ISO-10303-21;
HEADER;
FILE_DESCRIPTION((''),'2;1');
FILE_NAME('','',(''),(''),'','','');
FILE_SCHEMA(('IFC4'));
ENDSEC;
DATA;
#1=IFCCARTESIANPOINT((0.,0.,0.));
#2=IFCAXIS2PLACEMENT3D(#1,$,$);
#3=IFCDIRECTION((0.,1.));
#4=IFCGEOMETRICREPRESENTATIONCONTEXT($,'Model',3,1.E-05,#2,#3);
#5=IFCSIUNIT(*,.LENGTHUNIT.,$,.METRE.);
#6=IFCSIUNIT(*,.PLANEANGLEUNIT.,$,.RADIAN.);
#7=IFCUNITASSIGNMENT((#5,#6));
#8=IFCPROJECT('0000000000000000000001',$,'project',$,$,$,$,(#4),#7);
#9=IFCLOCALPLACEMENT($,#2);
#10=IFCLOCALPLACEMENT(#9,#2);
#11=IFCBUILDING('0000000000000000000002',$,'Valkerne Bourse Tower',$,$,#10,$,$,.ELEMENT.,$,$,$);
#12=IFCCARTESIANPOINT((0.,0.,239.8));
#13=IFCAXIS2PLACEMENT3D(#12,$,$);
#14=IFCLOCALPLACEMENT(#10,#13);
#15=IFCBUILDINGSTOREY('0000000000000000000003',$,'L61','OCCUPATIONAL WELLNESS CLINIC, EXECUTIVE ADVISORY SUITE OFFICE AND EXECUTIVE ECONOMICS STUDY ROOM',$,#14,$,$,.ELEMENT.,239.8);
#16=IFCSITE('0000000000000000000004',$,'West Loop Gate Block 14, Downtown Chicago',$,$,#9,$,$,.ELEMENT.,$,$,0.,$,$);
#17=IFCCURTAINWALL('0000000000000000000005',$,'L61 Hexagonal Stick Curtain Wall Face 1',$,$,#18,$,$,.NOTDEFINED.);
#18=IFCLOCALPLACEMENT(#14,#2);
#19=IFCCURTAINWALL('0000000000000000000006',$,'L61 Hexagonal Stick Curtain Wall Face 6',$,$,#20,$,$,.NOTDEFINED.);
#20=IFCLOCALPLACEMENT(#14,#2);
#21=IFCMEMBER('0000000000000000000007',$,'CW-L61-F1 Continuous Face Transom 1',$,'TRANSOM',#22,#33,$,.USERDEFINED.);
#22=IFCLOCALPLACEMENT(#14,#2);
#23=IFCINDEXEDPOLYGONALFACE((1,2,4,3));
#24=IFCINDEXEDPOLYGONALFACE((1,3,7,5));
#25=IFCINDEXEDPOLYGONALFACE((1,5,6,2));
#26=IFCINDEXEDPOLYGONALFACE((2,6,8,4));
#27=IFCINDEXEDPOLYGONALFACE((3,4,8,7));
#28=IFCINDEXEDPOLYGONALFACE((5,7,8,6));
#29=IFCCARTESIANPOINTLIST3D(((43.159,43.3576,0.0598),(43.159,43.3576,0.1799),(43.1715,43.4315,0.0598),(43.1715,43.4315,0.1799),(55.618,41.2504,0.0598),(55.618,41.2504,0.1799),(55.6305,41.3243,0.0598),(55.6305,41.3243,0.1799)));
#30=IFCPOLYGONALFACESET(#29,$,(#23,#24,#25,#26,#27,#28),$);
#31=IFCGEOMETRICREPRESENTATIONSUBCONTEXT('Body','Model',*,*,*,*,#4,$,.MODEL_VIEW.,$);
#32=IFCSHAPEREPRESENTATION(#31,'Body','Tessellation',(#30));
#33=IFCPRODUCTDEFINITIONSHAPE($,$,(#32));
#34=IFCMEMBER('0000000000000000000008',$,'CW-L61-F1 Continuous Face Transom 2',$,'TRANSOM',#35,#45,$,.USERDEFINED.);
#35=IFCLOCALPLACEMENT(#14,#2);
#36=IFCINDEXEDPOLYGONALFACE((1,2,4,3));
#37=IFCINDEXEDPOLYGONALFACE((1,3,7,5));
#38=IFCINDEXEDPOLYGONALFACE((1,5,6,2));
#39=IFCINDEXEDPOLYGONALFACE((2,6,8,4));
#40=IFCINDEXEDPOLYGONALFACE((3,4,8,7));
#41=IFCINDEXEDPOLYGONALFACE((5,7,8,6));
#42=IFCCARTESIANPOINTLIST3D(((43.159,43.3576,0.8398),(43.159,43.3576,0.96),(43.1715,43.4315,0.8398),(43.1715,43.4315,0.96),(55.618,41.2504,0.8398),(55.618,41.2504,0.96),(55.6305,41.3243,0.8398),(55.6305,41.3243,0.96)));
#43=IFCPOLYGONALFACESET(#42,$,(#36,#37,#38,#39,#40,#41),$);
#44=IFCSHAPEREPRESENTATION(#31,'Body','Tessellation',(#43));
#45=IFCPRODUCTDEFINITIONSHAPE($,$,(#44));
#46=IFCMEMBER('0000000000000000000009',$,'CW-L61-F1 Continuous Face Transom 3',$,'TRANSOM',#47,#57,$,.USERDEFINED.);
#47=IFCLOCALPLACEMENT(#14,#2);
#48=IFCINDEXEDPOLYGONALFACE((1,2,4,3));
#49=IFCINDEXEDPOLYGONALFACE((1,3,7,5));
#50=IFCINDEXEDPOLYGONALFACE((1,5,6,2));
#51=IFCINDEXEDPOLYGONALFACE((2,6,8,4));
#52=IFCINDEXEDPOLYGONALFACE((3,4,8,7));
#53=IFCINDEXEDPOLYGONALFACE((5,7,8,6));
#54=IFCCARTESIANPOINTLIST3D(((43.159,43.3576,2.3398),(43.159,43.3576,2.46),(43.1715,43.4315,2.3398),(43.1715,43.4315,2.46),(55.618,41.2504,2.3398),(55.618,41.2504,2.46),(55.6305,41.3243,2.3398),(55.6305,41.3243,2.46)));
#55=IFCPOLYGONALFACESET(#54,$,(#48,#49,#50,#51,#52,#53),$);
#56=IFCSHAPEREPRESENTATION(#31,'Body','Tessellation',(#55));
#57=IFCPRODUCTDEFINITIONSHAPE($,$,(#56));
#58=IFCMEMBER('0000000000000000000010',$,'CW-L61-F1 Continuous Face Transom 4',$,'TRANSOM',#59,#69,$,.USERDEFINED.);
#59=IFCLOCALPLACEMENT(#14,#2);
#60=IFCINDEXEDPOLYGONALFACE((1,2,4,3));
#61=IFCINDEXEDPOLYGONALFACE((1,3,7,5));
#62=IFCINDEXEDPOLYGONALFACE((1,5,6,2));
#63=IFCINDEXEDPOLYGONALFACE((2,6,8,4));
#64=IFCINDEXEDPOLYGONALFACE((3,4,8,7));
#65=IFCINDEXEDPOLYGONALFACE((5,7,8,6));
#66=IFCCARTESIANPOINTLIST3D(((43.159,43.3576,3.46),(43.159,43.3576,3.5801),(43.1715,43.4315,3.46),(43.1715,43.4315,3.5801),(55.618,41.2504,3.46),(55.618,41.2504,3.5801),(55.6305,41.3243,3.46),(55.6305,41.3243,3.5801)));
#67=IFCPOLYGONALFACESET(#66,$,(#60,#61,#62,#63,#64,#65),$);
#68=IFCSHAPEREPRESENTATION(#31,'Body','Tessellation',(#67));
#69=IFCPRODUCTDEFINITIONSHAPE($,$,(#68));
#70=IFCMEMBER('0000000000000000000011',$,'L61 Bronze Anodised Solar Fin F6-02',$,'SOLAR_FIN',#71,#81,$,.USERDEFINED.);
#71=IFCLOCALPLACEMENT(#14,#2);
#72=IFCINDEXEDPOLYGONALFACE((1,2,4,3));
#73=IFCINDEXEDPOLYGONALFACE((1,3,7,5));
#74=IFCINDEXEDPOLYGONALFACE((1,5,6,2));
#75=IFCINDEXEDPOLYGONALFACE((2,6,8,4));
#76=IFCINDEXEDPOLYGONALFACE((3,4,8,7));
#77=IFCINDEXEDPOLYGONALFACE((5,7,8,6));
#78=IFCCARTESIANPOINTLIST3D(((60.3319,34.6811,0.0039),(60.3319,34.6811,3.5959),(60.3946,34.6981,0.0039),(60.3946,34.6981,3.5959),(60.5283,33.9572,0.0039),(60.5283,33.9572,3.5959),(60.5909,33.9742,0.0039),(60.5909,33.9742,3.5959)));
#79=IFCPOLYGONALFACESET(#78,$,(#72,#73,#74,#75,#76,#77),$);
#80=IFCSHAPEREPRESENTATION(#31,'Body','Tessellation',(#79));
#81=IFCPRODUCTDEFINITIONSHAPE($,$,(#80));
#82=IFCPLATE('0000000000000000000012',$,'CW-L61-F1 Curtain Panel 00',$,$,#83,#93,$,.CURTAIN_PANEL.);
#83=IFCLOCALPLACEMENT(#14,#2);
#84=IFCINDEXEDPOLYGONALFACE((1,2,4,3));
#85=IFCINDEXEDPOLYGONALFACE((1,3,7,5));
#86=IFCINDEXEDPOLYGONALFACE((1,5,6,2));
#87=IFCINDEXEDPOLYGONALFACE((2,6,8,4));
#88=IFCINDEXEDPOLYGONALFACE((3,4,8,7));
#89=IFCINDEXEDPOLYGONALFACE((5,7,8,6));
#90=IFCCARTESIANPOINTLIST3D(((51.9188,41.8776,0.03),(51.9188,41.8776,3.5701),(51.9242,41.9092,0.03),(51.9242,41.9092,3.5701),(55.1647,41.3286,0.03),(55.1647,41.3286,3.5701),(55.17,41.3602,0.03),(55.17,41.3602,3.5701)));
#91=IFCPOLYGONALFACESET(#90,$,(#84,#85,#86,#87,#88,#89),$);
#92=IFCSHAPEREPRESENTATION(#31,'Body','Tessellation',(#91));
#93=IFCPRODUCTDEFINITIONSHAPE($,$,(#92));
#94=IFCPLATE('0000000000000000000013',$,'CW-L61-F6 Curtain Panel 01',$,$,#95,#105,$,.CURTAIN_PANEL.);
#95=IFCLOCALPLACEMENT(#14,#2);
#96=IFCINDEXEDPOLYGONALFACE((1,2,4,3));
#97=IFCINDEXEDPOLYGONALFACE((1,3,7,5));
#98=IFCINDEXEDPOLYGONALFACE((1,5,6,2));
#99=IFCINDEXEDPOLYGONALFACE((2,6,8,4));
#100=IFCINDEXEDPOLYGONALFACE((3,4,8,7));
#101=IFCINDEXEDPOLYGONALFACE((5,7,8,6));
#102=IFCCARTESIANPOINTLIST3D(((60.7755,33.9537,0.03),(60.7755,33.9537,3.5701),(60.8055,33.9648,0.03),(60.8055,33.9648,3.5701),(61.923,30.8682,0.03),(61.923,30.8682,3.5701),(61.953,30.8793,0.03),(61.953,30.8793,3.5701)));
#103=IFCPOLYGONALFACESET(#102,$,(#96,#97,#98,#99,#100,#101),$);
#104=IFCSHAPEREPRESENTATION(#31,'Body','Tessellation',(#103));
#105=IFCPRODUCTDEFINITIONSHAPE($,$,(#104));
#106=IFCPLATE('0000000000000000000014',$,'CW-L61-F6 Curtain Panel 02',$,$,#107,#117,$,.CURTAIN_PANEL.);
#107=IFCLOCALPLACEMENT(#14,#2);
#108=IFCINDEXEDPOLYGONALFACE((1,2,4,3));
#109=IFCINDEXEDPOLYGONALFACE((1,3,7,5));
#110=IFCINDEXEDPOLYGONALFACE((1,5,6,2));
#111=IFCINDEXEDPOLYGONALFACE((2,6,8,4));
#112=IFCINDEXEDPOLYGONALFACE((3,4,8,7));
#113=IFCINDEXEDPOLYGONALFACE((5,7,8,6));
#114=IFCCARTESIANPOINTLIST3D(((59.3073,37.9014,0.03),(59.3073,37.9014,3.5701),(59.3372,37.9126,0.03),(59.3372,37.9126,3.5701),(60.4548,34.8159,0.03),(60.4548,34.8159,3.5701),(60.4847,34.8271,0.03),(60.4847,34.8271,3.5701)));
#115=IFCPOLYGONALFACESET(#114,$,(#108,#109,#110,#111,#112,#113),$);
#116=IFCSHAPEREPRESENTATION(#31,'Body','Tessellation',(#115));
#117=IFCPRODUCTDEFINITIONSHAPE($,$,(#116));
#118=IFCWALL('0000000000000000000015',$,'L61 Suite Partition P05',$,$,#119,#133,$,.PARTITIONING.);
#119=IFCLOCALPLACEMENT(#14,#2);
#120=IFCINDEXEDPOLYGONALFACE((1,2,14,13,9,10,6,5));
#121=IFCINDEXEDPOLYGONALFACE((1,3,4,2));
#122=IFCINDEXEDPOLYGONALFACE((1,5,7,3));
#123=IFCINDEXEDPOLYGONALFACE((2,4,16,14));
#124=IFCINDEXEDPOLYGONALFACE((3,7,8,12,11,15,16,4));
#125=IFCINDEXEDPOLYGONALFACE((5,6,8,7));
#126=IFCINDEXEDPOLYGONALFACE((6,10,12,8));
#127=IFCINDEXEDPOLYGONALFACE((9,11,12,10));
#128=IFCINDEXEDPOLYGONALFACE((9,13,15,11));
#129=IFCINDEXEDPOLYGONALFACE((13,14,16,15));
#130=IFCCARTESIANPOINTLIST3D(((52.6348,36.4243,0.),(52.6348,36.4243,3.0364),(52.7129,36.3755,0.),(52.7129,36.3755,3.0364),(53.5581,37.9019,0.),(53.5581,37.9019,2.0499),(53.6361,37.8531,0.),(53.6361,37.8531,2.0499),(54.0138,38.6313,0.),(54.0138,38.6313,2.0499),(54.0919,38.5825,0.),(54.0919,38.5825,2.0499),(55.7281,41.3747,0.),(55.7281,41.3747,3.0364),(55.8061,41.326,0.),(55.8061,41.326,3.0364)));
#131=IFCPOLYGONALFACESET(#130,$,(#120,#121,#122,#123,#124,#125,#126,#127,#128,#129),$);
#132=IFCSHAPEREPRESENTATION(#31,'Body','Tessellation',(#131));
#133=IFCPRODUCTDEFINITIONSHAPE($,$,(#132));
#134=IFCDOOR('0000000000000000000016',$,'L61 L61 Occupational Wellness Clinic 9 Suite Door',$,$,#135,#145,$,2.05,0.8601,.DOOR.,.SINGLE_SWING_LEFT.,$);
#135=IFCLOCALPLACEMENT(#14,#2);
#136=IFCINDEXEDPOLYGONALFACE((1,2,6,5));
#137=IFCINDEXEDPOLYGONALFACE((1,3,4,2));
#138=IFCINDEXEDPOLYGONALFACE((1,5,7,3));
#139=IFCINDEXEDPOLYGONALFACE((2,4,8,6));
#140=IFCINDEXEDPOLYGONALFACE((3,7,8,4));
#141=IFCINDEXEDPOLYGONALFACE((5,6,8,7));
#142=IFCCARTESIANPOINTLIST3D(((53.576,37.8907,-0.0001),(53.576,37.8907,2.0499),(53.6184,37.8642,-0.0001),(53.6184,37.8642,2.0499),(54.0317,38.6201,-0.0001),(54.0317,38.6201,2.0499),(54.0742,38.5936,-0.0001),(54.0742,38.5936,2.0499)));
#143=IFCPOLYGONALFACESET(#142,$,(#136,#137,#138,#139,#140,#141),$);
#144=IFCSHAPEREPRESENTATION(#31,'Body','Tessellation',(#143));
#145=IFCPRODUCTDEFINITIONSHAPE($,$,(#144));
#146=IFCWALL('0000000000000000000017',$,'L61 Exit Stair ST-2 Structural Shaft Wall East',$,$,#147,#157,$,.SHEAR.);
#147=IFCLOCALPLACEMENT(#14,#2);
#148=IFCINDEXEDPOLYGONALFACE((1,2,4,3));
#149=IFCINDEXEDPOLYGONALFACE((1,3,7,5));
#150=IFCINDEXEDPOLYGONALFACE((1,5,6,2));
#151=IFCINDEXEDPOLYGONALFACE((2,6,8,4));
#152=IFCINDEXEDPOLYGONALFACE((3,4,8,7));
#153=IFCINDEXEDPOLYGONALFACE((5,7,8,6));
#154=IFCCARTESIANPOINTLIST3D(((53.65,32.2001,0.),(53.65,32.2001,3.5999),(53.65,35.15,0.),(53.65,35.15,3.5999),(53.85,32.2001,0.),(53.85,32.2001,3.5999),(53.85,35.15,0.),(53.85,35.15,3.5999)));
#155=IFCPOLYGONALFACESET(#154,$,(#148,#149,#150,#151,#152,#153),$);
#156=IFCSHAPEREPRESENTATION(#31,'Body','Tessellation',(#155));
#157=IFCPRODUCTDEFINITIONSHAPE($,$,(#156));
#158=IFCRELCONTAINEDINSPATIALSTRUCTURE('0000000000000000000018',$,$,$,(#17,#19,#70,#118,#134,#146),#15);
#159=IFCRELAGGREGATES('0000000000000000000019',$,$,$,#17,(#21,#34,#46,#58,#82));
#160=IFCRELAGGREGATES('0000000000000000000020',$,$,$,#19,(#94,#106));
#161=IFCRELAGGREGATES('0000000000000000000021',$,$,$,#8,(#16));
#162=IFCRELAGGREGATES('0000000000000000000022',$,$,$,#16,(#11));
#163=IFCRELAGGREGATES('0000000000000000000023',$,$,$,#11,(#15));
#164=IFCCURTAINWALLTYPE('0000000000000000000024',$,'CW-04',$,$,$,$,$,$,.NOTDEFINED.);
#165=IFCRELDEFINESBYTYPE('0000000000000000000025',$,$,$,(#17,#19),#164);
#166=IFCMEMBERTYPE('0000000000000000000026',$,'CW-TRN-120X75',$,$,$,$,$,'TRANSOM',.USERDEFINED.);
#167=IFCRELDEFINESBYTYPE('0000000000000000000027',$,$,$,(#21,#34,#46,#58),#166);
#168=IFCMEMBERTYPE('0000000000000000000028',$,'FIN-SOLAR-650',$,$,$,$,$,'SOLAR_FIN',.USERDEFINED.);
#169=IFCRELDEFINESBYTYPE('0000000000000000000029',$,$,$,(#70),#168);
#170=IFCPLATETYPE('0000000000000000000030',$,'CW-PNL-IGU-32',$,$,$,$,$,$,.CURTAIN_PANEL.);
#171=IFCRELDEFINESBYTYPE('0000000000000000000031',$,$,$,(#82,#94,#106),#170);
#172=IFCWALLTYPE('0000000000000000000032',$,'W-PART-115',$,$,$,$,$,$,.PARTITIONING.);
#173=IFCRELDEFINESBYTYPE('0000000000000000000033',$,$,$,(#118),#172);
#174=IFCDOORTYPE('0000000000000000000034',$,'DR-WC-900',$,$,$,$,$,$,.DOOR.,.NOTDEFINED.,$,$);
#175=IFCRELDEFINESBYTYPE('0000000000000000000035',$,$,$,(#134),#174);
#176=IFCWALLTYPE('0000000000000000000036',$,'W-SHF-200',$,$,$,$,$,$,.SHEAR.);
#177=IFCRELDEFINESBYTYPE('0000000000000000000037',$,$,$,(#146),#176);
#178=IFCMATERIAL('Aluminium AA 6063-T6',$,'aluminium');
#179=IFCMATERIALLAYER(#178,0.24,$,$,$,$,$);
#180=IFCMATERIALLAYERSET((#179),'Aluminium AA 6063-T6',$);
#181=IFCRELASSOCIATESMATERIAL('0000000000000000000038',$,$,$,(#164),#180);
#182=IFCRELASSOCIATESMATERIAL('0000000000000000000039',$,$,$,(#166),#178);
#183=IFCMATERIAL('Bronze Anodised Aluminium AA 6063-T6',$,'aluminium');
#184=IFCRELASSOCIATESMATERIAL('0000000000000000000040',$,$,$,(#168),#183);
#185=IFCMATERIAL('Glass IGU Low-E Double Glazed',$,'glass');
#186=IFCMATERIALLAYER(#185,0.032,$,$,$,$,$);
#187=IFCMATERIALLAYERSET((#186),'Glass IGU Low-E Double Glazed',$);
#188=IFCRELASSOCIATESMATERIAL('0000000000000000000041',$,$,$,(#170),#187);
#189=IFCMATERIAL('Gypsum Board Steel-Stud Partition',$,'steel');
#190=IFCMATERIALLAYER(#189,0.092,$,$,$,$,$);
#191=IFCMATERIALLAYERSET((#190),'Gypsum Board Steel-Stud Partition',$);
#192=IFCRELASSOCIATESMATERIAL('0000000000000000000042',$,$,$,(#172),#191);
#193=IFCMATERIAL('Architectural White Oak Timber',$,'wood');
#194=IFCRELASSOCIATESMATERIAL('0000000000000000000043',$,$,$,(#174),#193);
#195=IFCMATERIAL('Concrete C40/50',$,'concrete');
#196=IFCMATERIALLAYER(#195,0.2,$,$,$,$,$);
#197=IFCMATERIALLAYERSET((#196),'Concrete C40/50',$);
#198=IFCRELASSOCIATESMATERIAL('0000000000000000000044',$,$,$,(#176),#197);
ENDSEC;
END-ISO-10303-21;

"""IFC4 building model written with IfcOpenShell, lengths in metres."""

from ifc_helpers import new_model, si_unit, direction, frame, frame_2d, origin, origin_2d, place, context, subcontext, project, spatial, rectangle, extrude, material, layer, layer_set, material_profile, profile_set, type_object, element, fill, aggregate, save


model = new_model("IFC4")

# Units and contexts
model_context = context("Model", 3, precision=1e-05, world=origin(), true_north=direction((0.0, 1.0)))
body_context = subcontext(model_context, "Body", "Model", "MODEL_VIEW")
ifc_project = project(units=[si_unit("LENGTHUNIT", "METRE"), si_unit("PLANEANGLEUNIT", "RADIAN")], contexts=[model_context])

# Site, building, storey
site_placement = place(None, origin())
site = spatial("IfcSite", under=ifc_project, at=site_placement, Name="West Loop Gate Block 14, Downtown Chicago", CompositionType="ELEMENT", RefElevation=0.0)
building_placement = place(site_placement, origin())
building = spatial("IfcBuilding", under=site, at=building_placement, Name="Valkerne Bourse Tower", CompositionType="ELEMENT")
storey_placement = place(building_placement, frame((0.0, 0.0, 239.8)))
storey = spatial("IfcBuildingStorey", under=building, at=storey_placement, Name="L61", Description="OCCUPATIONAL WELLNESS CLINIC, EXECUTIVE ADVISORY SUITE OFFICE AND EXECUTIVE ECONOMICS STUDY ROOM", CompositionType="ELEMENT", Elevation=239.8)

# Curtain wall
ifc_material_1 = material(Name="Aluminium AA 6063-T6", Category="aluminium")
ifc_layer_1 = layer(ifc_material_1, 0.24)
ifc_layer_set_1 = layer_set([ifc_layer_1], Name="Aluminium AA 6063-T6")
curtain_wall_type = type_object("IfcCurtainWallType", Name="CW-04", PredefinedType="NOTDEFINED", material=ifc_layer_set_1)
curtain_wall_1_placement = place(storey_placement, origin())
curtain_wall_1 = element("IfcCurtainWall", 1, at=curtain_wall_1_placement, inside=storey, type_object=curtain_wall_type, Name="L61 Hexagonal Stick Curtain Wall Face 1", PredefinedType="NOTDEFINED")

# Curtain wall
curtain_wall_2_placement = place(storey_placement, origin())
curtain_wall_2 = element("IfcCurtainWall", 2, at=curtain_wall_2_placement, inside=storey, type_object=curtain_wall_type, Name="L61 Hexagonal Stick Curtain Wall Face 6", PredefinedType="NOTDEFINED")

# Members
ifc_material_profile_1 = material_profile(ifc_material_1, rectangle(XDim=0.075, YDim=0.1201, at=origin_2d()), Name="CWT-75X120")
ifc_profile_set_1 = profile_set([ifc_material_profile_1], Name="Aluminium AA 6063-T6")
member_type_1 = type_object("IfcMemberType", Name="CW-TRN-120X75", ElementType="TRANSOM", PredefinedType="USERDEFINED", material=ifc_profile_set_1)
member_1_placement = place(storey_placement, frame((55.6243, 41.2874, 0.1199), z_axis=(-0.985997, 0.166761, 0.0), x_axis=(-0.166761, -0.985997, 0.0)))
member_1 = element("IfcMember", 3, at=member_1_placement, type_object=member_type_1, Name="CW-L61-F1 Continuous Face Transom 1", ObjectType="TRANSOM", PredefinedType="USERDEFINED", context=body_context, shape_type="SweptSolid", body=[
    extrude(rectangle(XDim=0.075, YDim=0.1201, at=origin_2d()), origin(), (0.0, 0.0, 1.0), 12.636),
])
member_2_placement = place(storey_placement, frame((55.6243, 41.2874, 0.8999), z_axis=(-0.985997, 0.166761, 0.0), x_axis=(-0.166761, -0.985997, 0.0)))
member_2 = element("IfcMember", 4, at=member_2_placement, type_object=member_type_1, Name="CW-L61-F1 Continuous Face Transom 2", ObjectType="TRANSOM", PredefinedType="USERDEFINED", context=body_context, shape_type="SweptSolid", body=[
    extrude(rectangle(XDim=0.075, YDim=0.1201, at=origin_2d()), origin(), (0.0, 0.0, 1.0), 12.636),
])
member_3_placement = place(storey_placement, frame((55.6243, 41.2874, 2.3999), z_axis=(-0.985997, 0.166761, 0.0), x_axis=(-0.166761, -0.985997, 0.0)))
member_3 = element("IfcMember", 5, at=member_3_placement, type_object=member_type_1, Name="CW-L61-F1 Continuous Face Transom 3", ObjectType="TRANSOM", PredefinedType="USERDEFINED", context=body_context, shape_type="SweptSolid", body=[
    extrude(rectangle(XDim=0.075, YDim=0.1201, at=origin_2d()), origin(), (0.0, 0.0, 1.0), 12.636),
])
member_4_placement = place(storey_placement, frame((55.6243, 41.2874, 3.52), z_axis=(-0.985997, 0.166761, 0.0), x_axis=(-0.166761, -0.985997, 0.0)))
member_4 = element("IfcMember", 6, at=member_4_placement, type_object=member_type_1, Name="CW-L61-F1 Continuous Face Transom 4", ObjectType="TRANSOM", PredefinedType="USERDEFINED", context=body_context, shape_type="SweptSolid", body=[
    extrude(rectangle(XDim=0.075, YDim=0.1201, at=origin_2d()), origin(), (0.0, 0.0, 1.0), 12.636),
])
ifc_material_2 = material(Name="Bronze Anodised Aluminium AA 6063-T6", Category="aluminium")
ifc_material_profile_2 = material_profile(ifc_material_2, rectangle(XDim=0.0649, YDim=0.75, at=origin_2d()), Name="FIN-65X750")
ifc_profile_set_2 = profile_set([ifc_material_profile_2], Name="Bronze Anodised Aluminium AA 6063-T6")
member_type_2 = type_object("IfcMemberType", Name="FIN-SOLAR-650", ElementType="SOLAR_FIN", PredefinedType="USERDEFINED", material=ifc_profile_set_2)
member_5_placement = place(storey_placement, frame((60.4614, 34.3276, 0.0039), z_axis=(0.0, 0.0, 1.0), x_axis=(0.965115, 0.261826, 0.0)))
element("IfcMember", 7, at=member_5_placement, inside=storey, type_object=member_type_2, Name="L61 Bronze Anodised Solar Fin F6-02", ObjectType="SOLAR_FIN", PredefinedType="USERDEFINED", context=body_context, shape_type="SweptSolid", body=[
    extrude(rectangle(XDim=0.0649, YDim=0.75, at=origin_2d()), origin(), (0.0, 0.0, 1.0), 3.592),
])

# Plates
ifc_material_3 = material(Name="Glass IGU Low-E Double Glazed", Category="glass")
ifc_layer_2 = layer(ifc_material_3, 0.032)
ifc_layer_set_2 = layer_set([ifc_layer_2], Name="Glass IGU Low-E Double Glazed")
plate_type = type_object("IfcPlateType", Name="CW-PNL-IGU-32", PredefinedType="CURTAIN_PANEL", material=ifc_layer_set_2)
plate_1_placement = place(storey_placement, frame((53.5444, 41.6189, 0.03), z_axis=(0.0, 0.0, 1.0), x_axis=(-0.985997, 0.166762, 0.0)))
plate_1 = element("IfcPlate", 8, at=plate_1_placement, type_object=plate_type, Name="CW-L61-F1 Curtain Panel 00", PredefinedType="CURTAIN_PANEL", context=body_context, shape_type="SweptSolid", body=[
    extrude(rectangle(XDim=3.292, YDim=0.032, at=origin_2d()), origin(), (0.0, 0.0, 1.0), 3.54),
])
aggregate(curtain_wall_1, [member_1, member_2, member_3, member_4, plate_1])
plate_2_placement = place(storey_placement, frame((61.3643, 32.4165, 0.03), z_axis=(0.0, 0.0, 1.0), x_axis=(-0.34857, 0.937283, 0.0)))
plate_2 = element("IfcPlate", 9, at=plate_2_placement, type_object=plate_type, Name="CW-L61-F6 Curtain Panel 01", PredefinedType="CURTAIN_PANEL", context=body_context, shape_type="SweptSolid", body=[
    extrude(rectangle(XDim=3.292, YDim=0.032, at=origin_2d()), origin(), (0.0, 0.0, 1.0), 3.54),
])
plate_3_placement = place(storey_placement, frame((59.896, 36.3643, 0.03), z_axis=(0.0, 0.0, 1.0), x_axis=(-0.348578, 0.93728, 0.0)))
plate_3 = element("IfcPlate", 10, at=plate_3_placement, type_object=plate_type, Name="CW-L61-F6 Curtain Panel 02", PredefinedType="CURTAIN_PANEL", context=body_context, shape_type="SweptSolid", body=[
    extrude(rectangle(XDim=3.292, YDim=0.032, at=origin_2d()), origin(), (0.0, 0.0, 1.0), 3.54),
])
aggregate(curtain_wall_2, [plate_2, plate_3])

# Wall, opening, door
ifc_material_4 = material(Name="Gypsum Board Steel-Stud Partition", Category="steel")
ifc_layer_3 = layer(ifc_material_4, 0.092)
ifc_layer_set_3 = layer_set([ifc_layer_3], Name="Gypsum Board Steel-Stud Partition")
wall_type_1 = type_object("IfcWallType", Name="W-PART-115", PredefinedType="PARTITIONING", material=ifc_layer_set_3)
wall_1_placement = place(storey_placement, frame((52.6738, 36.3999, 0.0), z_axis=(0.0, 0.0, 1.0), x_axis=(0.529905, 0.848057, 0.0)))
wall_1 = element("IfcWall", 11, at=wall_1_placement, inside=storey, type_object=wall_type_1, Name="L61 Suite Partition P05", PredefinedType="PARTITIONING", context=body_context, shape_type="SweptSolid", body=[
    extrude(rectangle(XDim=5.8374, YDim=0.092, at=frame_2d((2.9187, 0.0))), origin(), (0.0, 0.0, 1.0), 3.0364),
])
opening_placement = place(wall_1_placement, frame((1.7422, 0.0, 0.0)))
opening = element("IfcOpeningElement", 12, at=opening_placement, cuts=wall_1, PredefinedType="OPENING", context=body_context, shape_type="SweptSolid", body=[
    extrude(rectangle(XDim=0.8601, YDim=2.05, at=frame_2d((0.4302, 1.0249))), frame((0.0, 0.0559, 0.0), z_axis=(0.0, -1.0, 0.0), x_axis=(1.0, 0.0, 0.0)), (0.0, 0.0, 1.0), 0.1121),
])
ifc_material_5 = material(Name="Architectural White Oak Timber", Category="wood")
door_type = type_object("IfcDoorType", Name="DR-WC-900", OperationType="NOTDEFINED", PredefinedType="DOOR", material=ifc_material_5)
door_placement = place(opening_placement, origin())
door = element("IfcDoor", 13, at=door_placement, inside=storey, type_object=door_type, Name="L61 L61 Occupational Wellness Clinic 9 Suite Door", OperationType="SINGLE_SWING_LEFT", OverallHeight=2.05, OverallWidth=0.8601, PredefinedType="DOOR", context=body_context, shape_type="SweptSolid", body=[
    extrude(rectangle(XDim=0.8601, YDim=2.05, at=frame_2d((0.4302, 1.0249))), frame((0.0, 0.0249, 0.0), z_axis=(0.0, -1.0, 0.0), x_axis=(1.0, 0.0, 0.0)), (0.0, 0.0, 1.0), 0.05),
])
fill(opening, door)

# Wall
ifc_material_6 = material(Name="Concrete C40/50", Category="concrete")
ifc_layer_4 = layer(ifc_material_6, 0.2)
ifc_layer_set_4 = layer_set([ifc_layer_4], Name="Concrete C40/50")
wall_type_2 = type_object("IfcWallType", Name="W-SHF-200", PredefinedType="SHEAR", material=ifc_layer_set_4)
wall_2_placement = place(storey_placement, frame((53.75, 32.2, 0.0), z_axis=(0.0, 0.0, 1.0), x_axis=(0.0, 1.0, 0.0)))
element("IfcWall", 14, at=wall_2_placement, inside=storey, type_object=wall_type_2, Name="L61 Exit Stair ST-2 Structural Shaft Wall East", PredefinedType="SHEAR", context=body_context, shape_type="SweptSolid", body=[
    extrude(rectangle(XDim=2.95, YDim=0.2, at=frame_2d((1.4751, 0.0))), origin(), (0.0, 0.0, 1.0), 3.5999),
])

save(model, "model.ifc")
